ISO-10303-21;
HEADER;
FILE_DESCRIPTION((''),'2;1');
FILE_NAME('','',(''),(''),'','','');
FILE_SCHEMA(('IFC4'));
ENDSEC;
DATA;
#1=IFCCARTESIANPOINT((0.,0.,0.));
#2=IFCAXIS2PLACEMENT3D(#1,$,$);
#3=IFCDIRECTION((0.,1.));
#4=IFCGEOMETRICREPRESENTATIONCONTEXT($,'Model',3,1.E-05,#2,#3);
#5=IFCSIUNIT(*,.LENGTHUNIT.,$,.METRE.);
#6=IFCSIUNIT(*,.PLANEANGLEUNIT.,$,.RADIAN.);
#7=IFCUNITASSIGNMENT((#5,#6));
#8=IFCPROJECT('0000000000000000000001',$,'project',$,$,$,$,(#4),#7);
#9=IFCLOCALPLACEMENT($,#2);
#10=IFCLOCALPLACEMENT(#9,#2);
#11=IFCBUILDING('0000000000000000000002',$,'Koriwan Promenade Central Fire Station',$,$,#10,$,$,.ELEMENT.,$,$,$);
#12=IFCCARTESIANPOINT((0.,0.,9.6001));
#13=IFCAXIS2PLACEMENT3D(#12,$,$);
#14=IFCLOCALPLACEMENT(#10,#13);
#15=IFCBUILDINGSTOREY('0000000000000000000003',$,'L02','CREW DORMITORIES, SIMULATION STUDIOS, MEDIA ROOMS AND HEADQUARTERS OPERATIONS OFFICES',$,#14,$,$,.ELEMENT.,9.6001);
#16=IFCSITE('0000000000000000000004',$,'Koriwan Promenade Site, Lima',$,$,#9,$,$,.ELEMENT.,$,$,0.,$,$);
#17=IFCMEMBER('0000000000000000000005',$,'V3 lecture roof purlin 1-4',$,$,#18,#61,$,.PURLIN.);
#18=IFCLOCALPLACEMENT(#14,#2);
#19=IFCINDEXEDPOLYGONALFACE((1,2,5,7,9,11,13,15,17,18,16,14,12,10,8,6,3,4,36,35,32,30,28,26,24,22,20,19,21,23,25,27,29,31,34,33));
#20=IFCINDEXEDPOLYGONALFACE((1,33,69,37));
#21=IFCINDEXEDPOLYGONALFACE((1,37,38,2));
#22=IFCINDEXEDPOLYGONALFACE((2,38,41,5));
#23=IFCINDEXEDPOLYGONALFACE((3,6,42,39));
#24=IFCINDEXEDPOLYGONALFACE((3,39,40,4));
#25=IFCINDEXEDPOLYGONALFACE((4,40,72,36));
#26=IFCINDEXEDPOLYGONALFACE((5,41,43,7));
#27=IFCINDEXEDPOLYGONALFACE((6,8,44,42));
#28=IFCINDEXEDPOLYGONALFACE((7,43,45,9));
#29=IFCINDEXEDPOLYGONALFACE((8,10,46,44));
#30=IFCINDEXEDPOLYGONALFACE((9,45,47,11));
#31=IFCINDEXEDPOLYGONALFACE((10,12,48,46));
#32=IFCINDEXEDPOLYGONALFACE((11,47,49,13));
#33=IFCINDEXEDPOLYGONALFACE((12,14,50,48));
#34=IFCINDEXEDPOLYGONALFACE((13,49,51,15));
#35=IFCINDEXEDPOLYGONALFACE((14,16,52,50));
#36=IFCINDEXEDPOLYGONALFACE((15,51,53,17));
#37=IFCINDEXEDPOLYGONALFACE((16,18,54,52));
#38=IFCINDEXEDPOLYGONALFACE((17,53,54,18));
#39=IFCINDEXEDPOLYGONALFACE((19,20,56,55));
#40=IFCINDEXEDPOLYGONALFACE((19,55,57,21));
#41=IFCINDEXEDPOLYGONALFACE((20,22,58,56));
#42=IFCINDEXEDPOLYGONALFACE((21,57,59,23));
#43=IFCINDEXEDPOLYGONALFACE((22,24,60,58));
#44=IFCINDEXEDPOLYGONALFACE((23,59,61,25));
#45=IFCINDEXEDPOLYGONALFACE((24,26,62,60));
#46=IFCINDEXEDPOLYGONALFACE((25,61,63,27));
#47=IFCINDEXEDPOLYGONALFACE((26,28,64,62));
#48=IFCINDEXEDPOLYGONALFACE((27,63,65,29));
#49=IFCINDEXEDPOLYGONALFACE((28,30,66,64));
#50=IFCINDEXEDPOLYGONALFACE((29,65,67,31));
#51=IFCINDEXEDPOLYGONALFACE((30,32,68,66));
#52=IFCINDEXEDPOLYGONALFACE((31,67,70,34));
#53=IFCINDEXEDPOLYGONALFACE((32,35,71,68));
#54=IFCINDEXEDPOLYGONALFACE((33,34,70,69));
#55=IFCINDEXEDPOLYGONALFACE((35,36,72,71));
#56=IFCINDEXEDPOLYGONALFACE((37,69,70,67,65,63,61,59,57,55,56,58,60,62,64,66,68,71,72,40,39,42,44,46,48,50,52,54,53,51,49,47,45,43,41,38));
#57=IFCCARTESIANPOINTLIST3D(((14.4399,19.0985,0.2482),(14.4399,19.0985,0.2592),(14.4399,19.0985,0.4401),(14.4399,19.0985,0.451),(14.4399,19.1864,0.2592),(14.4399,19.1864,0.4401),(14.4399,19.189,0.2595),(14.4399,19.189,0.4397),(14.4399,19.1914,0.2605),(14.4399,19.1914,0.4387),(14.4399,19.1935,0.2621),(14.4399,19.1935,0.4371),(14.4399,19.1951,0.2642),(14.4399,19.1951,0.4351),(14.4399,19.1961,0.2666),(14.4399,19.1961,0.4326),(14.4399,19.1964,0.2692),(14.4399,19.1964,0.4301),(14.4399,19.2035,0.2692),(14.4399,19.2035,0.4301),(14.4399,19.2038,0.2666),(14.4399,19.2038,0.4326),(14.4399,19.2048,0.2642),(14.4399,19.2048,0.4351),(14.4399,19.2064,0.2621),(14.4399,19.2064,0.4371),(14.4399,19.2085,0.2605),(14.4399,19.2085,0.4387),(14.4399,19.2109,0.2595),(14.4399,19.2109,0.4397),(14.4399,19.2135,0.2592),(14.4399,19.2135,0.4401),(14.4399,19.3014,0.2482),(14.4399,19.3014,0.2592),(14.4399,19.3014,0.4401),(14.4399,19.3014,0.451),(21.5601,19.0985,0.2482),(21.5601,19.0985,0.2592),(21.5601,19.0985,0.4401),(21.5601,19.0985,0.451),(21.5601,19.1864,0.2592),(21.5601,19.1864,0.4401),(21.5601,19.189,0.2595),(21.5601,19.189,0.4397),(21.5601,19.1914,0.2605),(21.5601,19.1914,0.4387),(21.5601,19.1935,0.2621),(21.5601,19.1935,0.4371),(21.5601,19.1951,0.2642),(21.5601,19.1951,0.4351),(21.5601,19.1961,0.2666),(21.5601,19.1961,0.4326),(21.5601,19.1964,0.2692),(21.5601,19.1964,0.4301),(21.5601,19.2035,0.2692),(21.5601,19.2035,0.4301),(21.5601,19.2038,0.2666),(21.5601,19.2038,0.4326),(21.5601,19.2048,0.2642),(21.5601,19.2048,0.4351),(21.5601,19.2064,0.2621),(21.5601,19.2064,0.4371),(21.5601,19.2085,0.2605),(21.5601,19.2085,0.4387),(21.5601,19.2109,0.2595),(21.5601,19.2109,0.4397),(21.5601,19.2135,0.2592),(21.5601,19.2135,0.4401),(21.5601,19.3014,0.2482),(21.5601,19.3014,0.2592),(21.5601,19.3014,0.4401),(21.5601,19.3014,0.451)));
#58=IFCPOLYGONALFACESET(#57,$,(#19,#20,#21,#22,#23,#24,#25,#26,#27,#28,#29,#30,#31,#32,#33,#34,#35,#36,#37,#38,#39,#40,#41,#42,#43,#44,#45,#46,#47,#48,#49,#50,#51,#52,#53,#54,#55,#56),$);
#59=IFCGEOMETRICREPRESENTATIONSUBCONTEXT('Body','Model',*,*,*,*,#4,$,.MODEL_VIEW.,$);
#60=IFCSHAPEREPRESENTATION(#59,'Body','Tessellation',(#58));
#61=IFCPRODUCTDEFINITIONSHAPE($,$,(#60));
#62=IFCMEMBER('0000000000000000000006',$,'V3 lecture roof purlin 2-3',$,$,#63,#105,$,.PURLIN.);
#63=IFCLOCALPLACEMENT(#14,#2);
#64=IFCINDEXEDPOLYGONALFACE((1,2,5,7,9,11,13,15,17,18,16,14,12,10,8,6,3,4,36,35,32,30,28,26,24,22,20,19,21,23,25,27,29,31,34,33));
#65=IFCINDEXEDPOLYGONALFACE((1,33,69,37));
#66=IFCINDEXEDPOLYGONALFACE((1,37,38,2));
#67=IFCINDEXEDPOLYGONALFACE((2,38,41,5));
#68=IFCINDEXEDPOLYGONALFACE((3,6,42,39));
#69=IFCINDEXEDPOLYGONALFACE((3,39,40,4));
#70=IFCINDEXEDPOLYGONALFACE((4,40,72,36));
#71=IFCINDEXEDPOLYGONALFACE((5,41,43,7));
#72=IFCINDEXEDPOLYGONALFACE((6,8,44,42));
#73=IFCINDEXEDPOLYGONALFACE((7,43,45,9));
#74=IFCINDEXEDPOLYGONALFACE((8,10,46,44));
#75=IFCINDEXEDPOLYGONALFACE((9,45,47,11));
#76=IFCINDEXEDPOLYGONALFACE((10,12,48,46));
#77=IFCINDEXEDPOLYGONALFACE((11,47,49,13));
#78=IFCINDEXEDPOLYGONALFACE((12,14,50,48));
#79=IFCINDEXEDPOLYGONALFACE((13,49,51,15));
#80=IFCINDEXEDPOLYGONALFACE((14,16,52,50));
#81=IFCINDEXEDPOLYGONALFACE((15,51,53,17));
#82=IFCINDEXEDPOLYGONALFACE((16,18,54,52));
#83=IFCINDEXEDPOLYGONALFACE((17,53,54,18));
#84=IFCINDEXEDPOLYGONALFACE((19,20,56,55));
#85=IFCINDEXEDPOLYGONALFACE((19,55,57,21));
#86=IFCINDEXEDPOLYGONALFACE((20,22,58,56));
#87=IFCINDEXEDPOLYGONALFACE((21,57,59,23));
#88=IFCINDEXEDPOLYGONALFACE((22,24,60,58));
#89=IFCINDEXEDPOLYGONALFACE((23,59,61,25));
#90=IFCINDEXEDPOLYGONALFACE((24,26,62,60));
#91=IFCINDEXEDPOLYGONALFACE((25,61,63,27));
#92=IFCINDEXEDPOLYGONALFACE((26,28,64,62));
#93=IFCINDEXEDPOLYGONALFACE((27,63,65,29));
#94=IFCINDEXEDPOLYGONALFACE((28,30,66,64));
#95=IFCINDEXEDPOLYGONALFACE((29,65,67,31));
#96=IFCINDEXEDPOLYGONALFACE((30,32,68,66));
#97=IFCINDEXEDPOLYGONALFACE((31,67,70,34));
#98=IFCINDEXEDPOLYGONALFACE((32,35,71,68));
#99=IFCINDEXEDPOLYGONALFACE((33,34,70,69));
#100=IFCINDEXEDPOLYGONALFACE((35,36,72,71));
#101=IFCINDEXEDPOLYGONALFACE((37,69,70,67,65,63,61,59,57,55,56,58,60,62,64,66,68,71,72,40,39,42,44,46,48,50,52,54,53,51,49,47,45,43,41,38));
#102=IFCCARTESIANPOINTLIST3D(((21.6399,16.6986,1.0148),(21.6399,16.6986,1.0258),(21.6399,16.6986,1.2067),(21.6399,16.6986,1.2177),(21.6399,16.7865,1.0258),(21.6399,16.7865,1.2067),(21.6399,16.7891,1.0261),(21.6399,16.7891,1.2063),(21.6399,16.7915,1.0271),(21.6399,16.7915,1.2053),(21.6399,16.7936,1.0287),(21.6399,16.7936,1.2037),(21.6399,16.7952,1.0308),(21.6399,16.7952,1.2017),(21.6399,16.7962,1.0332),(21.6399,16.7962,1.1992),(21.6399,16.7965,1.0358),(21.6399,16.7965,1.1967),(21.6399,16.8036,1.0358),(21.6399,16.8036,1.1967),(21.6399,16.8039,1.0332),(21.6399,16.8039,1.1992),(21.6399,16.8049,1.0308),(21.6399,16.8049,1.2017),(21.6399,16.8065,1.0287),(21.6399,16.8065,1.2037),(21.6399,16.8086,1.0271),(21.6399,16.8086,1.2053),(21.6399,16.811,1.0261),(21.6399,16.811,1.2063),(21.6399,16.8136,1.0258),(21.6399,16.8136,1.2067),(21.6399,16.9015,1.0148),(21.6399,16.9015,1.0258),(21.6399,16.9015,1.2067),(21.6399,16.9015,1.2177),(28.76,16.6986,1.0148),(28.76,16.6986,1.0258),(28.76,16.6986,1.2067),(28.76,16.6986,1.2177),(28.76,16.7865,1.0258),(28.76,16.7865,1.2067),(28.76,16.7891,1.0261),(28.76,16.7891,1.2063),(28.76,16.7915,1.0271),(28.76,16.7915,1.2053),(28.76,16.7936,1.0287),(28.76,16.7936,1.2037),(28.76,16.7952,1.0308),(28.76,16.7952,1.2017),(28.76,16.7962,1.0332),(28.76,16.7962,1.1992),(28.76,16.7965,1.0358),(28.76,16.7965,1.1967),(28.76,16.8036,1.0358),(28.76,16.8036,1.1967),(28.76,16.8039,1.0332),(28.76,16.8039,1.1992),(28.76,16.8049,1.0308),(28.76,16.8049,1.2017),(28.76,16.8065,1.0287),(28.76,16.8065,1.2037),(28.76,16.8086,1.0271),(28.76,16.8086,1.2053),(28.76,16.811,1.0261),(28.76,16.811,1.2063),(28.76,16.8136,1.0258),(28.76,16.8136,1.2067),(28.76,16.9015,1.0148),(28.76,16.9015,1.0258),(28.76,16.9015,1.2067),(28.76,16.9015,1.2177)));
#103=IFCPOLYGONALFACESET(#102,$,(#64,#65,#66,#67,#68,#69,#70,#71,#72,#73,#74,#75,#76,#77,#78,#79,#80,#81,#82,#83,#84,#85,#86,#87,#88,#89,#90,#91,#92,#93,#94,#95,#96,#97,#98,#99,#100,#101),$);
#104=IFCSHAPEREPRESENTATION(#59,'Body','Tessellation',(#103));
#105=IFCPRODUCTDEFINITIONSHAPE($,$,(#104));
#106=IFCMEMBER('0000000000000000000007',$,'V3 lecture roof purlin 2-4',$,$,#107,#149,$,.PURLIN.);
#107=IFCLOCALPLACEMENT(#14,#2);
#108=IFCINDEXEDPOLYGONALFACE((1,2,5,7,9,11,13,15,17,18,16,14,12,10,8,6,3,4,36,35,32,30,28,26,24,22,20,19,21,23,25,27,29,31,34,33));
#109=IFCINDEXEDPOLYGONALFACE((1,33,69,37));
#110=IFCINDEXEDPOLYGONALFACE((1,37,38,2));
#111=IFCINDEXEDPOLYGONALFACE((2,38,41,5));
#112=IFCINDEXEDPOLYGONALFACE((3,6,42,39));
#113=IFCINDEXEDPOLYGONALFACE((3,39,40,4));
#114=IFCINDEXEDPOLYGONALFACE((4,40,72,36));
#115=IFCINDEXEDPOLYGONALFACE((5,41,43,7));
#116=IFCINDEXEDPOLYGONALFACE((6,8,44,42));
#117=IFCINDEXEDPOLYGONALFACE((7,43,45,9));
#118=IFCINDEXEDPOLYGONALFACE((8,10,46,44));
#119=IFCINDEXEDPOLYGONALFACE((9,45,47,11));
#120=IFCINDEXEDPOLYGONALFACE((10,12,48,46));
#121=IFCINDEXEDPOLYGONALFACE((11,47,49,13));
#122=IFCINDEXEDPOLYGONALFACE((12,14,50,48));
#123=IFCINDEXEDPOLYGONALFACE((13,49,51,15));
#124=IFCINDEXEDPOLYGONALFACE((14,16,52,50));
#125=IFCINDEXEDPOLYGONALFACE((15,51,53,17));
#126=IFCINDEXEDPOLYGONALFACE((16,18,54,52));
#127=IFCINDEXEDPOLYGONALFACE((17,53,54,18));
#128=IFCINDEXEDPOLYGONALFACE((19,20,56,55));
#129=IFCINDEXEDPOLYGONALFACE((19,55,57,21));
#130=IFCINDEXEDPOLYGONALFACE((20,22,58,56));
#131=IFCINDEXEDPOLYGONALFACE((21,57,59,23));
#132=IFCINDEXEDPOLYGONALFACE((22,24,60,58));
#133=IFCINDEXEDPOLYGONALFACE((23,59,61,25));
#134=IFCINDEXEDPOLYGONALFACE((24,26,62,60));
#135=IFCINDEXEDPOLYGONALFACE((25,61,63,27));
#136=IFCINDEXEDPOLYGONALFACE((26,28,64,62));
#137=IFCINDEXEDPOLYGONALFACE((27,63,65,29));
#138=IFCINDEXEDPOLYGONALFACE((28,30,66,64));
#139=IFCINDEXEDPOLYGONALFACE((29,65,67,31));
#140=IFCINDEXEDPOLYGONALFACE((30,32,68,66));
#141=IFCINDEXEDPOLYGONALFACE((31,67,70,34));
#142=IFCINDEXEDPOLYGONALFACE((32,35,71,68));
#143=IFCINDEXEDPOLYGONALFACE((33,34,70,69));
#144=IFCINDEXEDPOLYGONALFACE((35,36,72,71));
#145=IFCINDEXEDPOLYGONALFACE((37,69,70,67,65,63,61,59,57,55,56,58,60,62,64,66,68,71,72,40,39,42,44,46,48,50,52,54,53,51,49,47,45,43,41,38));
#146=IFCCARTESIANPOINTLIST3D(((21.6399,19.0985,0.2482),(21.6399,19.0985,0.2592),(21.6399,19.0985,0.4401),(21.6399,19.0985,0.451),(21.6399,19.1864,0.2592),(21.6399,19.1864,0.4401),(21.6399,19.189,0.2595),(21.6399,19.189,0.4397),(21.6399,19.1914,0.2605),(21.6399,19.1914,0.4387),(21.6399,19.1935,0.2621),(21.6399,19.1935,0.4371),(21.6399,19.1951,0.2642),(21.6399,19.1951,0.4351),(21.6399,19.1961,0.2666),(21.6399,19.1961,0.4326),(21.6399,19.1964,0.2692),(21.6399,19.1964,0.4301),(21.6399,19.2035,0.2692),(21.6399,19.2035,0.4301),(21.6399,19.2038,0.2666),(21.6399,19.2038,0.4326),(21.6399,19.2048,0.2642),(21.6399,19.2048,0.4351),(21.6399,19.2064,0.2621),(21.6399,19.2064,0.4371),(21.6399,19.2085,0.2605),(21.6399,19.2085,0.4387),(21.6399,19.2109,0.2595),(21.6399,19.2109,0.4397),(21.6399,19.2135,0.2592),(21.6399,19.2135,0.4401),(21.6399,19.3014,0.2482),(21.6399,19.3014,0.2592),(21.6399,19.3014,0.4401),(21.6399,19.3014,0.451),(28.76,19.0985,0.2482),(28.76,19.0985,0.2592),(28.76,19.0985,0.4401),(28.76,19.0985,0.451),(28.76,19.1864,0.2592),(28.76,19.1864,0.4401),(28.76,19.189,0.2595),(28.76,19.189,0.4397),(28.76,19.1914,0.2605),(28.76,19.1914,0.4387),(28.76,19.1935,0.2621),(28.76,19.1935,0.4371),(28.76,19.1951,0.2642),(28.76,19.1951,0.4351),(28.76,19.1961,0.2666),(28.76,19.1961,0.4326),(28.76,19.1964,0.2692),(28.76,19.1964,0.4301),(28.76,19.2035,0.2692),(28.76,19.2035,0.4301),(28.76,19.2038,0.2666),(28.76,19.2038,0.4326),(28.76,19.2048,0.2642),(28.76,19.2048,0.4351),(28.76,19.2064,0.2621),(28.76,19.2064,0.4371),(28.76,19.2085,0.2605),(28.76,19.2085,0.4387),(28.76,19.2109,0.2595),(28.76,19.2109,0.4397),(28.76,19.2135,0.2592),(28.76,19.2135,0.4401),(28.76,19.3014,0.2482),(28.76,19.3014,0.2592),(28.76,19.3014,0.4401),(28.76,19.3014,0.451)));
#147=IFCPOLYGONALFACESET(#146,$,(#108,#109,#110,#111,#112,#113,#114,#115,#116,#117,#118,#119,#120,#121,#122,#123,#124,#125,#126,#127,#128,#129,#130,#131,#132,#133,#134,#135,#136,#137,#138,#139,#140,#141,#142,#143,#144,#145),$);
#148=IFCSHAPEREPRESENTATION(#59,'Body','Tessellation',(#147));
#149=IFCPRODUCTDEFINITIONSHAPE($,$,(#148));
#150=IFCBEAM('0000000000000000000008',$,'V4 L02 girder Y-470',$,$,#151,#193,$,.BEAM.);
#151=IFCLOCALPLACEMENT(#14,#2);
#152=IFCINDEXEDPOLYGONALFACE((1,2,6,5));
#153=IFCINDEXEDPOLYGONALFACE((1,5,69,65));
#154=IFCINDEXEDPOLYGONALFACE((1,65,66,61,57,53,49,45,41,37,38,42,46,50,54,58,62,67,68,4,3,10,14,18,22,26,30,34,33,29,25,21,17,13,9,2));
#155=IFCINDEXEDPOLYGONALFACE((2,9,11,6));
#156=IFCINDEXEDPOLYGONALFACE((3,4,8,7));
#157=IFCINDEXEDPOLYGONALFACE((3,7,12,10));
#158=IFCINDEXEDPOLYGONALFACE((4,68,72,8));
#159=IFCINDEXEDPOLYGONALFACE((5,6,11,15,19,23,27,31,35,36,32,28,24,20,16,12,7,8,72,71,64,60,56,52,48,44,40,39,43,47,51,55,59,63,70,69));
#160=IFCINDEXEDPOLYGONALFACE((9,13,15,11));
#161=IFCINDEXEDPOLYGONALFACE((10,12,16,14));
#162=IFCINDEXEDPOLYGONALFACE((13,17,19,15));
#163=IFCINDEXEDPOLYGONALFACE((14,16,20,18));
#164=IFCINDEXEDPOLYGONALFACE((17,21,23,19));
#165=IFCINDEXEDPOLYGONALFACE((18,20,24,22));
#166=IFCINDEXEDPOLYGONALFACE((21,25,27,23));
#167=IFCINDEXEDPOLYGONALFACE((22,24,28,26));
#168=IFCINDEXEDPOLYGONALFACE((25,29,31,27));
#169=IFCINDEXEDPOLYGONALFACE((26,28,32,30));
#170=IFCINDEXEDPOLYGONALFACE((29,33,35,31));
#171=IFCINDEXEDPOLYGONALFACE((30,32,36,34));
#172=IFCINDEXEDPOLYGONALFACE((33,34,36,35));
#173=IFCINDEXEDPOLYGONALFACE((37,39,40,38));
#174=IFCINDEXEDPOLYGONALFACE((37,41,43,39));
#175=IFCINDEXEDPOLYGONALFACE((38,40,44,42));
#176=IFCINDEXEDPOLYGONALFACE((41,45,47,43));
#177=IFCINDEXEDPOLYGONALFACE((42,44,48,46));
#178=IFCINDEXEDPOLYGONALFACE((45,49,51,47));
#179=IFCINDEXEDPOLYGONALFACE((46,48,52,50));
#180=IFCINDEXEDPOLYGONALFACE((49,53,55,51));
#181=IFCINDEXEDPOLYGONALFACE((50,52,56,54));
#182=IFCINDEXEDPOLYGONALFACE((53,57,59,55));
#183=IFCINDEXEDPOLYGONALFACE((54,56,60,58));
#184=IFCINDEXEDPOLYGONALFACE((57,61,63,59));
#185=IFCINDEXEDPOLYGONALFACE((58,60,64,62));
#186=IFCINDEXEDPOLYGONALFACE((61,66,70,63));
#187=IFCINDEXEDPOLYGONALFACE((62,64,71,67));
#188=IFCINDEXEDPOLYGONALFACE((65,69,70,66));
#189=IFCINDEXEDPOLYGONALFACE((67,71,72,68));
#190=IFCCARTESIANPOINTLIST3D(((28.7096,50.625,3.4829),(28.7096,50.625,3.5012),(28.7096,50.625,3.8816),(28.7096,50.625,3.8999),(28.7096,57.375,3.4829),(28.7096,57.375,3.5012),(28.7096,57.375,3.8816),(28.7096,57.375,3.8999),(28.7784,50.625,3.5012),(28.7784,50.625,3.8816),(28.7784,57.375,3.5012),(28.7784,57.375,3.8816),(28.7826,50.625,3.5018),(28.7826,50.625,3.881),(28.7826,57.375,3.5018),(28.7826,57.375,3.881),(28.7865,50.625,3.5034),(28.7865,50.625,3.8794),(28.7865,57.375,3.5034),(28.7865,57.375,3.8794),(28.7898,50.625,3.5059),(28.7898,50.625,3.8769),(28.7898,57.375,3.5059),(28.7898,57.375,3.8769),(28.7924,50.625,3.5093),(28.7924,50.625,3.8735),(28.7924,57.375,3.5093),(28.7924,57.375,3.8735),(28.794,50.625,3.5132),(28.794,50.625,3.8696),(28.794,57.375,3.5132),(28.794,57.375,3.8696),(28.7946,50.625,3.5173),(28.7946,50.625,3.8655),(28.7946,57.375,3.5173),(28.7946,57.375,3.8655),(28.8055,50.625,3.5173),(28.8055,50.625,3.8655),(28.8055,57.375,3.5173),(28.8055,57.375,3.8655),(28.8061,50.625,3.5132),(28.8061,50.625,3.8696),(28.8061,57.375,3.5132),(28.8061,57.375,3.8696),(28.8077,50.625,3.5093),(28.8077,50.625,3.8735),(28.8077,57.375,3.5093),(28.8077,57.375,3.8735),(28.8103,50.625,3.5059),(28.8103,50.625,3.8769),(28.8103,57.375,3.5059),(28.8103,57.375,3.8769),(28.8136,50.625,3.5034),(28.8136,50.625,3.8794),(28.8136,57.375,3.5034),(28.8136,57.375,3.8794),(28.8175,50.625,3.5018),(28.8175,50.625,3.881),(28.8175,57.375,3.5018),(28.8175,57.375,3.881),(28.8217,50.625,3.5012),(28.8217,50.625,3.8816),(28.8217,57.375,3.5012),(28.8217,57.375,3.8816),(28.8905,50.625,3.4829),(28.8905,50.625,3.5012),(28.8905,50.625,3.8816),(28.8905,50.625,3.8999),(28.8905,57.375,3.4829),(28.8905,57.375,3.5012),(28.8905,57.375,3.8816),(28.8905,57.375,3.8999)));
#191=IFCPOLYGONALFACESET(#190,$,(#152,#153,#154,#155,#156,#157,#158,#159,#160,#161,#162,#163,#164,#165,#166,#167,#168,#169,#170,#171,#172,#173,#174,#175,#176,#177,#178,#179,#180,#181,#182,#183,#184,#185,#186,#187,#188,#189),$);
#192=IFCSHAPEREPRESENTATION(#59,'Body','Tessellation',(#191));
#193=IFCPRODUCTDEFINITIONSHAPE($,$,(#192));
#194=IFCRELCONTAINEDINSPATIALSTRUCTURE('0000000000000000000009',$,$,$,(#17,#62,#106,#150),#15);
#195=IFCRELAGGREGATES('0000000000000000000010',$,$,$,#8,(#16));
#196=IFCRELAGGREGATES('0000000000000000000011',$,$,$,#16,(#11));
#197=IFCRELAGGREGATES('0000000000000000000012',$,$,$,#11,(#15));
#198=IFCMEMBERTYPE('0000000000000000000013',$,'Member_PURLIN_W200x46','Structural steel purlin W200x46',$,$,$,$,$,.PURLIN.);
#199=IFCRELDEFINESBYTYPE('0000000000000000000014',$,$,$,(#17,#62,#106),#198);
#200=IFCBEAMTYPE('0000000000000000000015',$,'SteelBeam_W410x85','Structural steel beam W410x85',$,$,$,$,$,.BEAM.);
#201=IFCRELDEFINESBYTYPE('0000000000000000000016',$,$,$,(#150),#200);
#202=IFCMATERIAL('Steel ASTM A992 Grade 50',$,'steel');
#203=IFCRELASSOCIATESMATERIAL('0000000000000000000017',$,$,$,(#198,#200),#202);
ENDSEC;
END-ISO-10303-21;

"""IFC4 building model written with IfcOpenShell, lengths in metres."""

from ifc_helpers import new_model, si_unit, direction, frame, origin, origin_2d, place, context, subcontext, project, spatial, i_section, extrude, material, material_profile, profile_set, type_object, element, save


model = new_model("IFC4")

# Units and contexts
model_context = context("Model", 3, precision=1e-05, world=origin(), true_north=direction((0.0, 1.0)))
body_context = subcontext(model_context, "Body", "Model", "MODEL_VIEW")
ifc_project = project(units=[si_unit("LENGTHUNIT", "METRE"), si_unit("PLANEANGLEUNIT", "RADIAN")], contexts=[model_context])

# Site, building, storey
site_placement = place(None, origin())
site = spatial("IfcSite", under=ifc_project, at=site_placement, Name="Koriwan Promenade Site, Lima", CompositionType="ELEMENT", RefElevation=0.0)
building_placement = place(site_placement, origin())
building = spatial("IfcBuilding", under=site, at=building_placement, Name="Koriwan Promenade Central Fire Station", CompositionType="ELEMENT")
storey_placement = place(building_placement, frame((0.0, 0.0, 9.6001)))
storey = spatial("IfcBuildingStorey", under=building, at=storey_placement, Name="L02", Description="CREW DORMITORIES, SIMULATION STUDIOS, MEDIA ROOMS AND HEADQUARTERS OPERATIONS OFFICES", CompositionType="ELEMENT", Elevation=9.6001)

# Members
ifc_material_1 = material(Name="Steel ASTM A992 Grade 50", Category="steel")
ifc_material_profile_1 = material_profile(ifc_material_1, i_section(OverallWidth=0.2029, OverallDepth=0.2029, WebThickness=0.0071, FlangeThickness=0.011, FilletRadius=0.01, at=origin_2d()), Name="W200x46")
ifc_profile_set_1 = profile_set([ifc_material_profile_1], Name="Steel ASTM A992 Grade 50")
member_type = type_object("IfcMemberType", Name="Member_PURLIN_W200x46", Description="Structural steel purlin W200x46", PredefinedType="PURLIN", material=ifc_profile_set_1)
for number, where, z_axis, x_axis, name in (
    (1, (14.4399, 19.2, 0.3496), (1.0, 0.0, 0.0), (0.0, 1.0, 0.0), "V3 lecture roof purlin 1-4"),
    (2, (21.6399, 16.8, 1.1162), (1.0, 0.0, 0.0), (0.0, 1.0, 0.0), "V3 lecture roof purlin 2-3"),
    (3, (21.6399, 19.2, 0.3496), (1.0, 0.0, 0.0), (0.0, 1.0, 0.0), "V3 lecture roof purlin 2-4"),
):
    element("IfcMember", number, at=place(storey_placement, frame(where, z_axis=z_axis, x_axis=x_axis)), inside=storey, type_object=member_type, Name=name, PredefinedType="PURLIN", context=body_context, shape_type="SweptSolid", body=[
        extrude(i_section(OverallWidth=0.2029, OverallDepth=0.2029, WebThickness=0.0071, FlangeThickness=0.011, FilletRadius=0.01, at=origin_2d()), origin(), (0.0, 0.0, 1.0), 7.1201),
    ])

# Beam
ifc_material_profile_2 = material_profile(ifc_material_1, i_section(OverallWidth=0.1809, OverallDepth=0.417, WebThickness=0.011, FlangeThickness=0.0183, FilletRadius=0.0161, at=origin_2d()), Name="W410x85")
ifc_profile_set_2 = profile_set([ifc_material_profile_2], Name="Steel ASTM A992 Grade 50")
beam_type_1 = type_object("IfcBeamType", Name="SteelBeam_W410x85", Description="Structural steel beam W410x85", PredefinedType="BEAM", material=ifc_profile_set_2)
beam_1_placement = place(storey_placement, frame((28.8, 50.625, 3.6914), z_axis=(0.0, 1.0, 0.0), x_axis=(-1.0, 0.0, 0.0)))
element("IfcBeam", 4, at=beam_1_placement, inside=storey, type_object=beam_type_1, Name="V4 L02 girder Y-470", PredefinedType="BEAM", context=body_context, shape_type="SweptSolid", body=[
    extrude(i_section(OverallWidth=0.1809, OverallDepth=0.417, WebThickness=0.011, FlangeThickness=0.0183, FilletRadius=0.0161, at=origin_2d()), origin(), (0.0, 0.0, 1.0), 6.75),
])

save(model, "model.ifc")
